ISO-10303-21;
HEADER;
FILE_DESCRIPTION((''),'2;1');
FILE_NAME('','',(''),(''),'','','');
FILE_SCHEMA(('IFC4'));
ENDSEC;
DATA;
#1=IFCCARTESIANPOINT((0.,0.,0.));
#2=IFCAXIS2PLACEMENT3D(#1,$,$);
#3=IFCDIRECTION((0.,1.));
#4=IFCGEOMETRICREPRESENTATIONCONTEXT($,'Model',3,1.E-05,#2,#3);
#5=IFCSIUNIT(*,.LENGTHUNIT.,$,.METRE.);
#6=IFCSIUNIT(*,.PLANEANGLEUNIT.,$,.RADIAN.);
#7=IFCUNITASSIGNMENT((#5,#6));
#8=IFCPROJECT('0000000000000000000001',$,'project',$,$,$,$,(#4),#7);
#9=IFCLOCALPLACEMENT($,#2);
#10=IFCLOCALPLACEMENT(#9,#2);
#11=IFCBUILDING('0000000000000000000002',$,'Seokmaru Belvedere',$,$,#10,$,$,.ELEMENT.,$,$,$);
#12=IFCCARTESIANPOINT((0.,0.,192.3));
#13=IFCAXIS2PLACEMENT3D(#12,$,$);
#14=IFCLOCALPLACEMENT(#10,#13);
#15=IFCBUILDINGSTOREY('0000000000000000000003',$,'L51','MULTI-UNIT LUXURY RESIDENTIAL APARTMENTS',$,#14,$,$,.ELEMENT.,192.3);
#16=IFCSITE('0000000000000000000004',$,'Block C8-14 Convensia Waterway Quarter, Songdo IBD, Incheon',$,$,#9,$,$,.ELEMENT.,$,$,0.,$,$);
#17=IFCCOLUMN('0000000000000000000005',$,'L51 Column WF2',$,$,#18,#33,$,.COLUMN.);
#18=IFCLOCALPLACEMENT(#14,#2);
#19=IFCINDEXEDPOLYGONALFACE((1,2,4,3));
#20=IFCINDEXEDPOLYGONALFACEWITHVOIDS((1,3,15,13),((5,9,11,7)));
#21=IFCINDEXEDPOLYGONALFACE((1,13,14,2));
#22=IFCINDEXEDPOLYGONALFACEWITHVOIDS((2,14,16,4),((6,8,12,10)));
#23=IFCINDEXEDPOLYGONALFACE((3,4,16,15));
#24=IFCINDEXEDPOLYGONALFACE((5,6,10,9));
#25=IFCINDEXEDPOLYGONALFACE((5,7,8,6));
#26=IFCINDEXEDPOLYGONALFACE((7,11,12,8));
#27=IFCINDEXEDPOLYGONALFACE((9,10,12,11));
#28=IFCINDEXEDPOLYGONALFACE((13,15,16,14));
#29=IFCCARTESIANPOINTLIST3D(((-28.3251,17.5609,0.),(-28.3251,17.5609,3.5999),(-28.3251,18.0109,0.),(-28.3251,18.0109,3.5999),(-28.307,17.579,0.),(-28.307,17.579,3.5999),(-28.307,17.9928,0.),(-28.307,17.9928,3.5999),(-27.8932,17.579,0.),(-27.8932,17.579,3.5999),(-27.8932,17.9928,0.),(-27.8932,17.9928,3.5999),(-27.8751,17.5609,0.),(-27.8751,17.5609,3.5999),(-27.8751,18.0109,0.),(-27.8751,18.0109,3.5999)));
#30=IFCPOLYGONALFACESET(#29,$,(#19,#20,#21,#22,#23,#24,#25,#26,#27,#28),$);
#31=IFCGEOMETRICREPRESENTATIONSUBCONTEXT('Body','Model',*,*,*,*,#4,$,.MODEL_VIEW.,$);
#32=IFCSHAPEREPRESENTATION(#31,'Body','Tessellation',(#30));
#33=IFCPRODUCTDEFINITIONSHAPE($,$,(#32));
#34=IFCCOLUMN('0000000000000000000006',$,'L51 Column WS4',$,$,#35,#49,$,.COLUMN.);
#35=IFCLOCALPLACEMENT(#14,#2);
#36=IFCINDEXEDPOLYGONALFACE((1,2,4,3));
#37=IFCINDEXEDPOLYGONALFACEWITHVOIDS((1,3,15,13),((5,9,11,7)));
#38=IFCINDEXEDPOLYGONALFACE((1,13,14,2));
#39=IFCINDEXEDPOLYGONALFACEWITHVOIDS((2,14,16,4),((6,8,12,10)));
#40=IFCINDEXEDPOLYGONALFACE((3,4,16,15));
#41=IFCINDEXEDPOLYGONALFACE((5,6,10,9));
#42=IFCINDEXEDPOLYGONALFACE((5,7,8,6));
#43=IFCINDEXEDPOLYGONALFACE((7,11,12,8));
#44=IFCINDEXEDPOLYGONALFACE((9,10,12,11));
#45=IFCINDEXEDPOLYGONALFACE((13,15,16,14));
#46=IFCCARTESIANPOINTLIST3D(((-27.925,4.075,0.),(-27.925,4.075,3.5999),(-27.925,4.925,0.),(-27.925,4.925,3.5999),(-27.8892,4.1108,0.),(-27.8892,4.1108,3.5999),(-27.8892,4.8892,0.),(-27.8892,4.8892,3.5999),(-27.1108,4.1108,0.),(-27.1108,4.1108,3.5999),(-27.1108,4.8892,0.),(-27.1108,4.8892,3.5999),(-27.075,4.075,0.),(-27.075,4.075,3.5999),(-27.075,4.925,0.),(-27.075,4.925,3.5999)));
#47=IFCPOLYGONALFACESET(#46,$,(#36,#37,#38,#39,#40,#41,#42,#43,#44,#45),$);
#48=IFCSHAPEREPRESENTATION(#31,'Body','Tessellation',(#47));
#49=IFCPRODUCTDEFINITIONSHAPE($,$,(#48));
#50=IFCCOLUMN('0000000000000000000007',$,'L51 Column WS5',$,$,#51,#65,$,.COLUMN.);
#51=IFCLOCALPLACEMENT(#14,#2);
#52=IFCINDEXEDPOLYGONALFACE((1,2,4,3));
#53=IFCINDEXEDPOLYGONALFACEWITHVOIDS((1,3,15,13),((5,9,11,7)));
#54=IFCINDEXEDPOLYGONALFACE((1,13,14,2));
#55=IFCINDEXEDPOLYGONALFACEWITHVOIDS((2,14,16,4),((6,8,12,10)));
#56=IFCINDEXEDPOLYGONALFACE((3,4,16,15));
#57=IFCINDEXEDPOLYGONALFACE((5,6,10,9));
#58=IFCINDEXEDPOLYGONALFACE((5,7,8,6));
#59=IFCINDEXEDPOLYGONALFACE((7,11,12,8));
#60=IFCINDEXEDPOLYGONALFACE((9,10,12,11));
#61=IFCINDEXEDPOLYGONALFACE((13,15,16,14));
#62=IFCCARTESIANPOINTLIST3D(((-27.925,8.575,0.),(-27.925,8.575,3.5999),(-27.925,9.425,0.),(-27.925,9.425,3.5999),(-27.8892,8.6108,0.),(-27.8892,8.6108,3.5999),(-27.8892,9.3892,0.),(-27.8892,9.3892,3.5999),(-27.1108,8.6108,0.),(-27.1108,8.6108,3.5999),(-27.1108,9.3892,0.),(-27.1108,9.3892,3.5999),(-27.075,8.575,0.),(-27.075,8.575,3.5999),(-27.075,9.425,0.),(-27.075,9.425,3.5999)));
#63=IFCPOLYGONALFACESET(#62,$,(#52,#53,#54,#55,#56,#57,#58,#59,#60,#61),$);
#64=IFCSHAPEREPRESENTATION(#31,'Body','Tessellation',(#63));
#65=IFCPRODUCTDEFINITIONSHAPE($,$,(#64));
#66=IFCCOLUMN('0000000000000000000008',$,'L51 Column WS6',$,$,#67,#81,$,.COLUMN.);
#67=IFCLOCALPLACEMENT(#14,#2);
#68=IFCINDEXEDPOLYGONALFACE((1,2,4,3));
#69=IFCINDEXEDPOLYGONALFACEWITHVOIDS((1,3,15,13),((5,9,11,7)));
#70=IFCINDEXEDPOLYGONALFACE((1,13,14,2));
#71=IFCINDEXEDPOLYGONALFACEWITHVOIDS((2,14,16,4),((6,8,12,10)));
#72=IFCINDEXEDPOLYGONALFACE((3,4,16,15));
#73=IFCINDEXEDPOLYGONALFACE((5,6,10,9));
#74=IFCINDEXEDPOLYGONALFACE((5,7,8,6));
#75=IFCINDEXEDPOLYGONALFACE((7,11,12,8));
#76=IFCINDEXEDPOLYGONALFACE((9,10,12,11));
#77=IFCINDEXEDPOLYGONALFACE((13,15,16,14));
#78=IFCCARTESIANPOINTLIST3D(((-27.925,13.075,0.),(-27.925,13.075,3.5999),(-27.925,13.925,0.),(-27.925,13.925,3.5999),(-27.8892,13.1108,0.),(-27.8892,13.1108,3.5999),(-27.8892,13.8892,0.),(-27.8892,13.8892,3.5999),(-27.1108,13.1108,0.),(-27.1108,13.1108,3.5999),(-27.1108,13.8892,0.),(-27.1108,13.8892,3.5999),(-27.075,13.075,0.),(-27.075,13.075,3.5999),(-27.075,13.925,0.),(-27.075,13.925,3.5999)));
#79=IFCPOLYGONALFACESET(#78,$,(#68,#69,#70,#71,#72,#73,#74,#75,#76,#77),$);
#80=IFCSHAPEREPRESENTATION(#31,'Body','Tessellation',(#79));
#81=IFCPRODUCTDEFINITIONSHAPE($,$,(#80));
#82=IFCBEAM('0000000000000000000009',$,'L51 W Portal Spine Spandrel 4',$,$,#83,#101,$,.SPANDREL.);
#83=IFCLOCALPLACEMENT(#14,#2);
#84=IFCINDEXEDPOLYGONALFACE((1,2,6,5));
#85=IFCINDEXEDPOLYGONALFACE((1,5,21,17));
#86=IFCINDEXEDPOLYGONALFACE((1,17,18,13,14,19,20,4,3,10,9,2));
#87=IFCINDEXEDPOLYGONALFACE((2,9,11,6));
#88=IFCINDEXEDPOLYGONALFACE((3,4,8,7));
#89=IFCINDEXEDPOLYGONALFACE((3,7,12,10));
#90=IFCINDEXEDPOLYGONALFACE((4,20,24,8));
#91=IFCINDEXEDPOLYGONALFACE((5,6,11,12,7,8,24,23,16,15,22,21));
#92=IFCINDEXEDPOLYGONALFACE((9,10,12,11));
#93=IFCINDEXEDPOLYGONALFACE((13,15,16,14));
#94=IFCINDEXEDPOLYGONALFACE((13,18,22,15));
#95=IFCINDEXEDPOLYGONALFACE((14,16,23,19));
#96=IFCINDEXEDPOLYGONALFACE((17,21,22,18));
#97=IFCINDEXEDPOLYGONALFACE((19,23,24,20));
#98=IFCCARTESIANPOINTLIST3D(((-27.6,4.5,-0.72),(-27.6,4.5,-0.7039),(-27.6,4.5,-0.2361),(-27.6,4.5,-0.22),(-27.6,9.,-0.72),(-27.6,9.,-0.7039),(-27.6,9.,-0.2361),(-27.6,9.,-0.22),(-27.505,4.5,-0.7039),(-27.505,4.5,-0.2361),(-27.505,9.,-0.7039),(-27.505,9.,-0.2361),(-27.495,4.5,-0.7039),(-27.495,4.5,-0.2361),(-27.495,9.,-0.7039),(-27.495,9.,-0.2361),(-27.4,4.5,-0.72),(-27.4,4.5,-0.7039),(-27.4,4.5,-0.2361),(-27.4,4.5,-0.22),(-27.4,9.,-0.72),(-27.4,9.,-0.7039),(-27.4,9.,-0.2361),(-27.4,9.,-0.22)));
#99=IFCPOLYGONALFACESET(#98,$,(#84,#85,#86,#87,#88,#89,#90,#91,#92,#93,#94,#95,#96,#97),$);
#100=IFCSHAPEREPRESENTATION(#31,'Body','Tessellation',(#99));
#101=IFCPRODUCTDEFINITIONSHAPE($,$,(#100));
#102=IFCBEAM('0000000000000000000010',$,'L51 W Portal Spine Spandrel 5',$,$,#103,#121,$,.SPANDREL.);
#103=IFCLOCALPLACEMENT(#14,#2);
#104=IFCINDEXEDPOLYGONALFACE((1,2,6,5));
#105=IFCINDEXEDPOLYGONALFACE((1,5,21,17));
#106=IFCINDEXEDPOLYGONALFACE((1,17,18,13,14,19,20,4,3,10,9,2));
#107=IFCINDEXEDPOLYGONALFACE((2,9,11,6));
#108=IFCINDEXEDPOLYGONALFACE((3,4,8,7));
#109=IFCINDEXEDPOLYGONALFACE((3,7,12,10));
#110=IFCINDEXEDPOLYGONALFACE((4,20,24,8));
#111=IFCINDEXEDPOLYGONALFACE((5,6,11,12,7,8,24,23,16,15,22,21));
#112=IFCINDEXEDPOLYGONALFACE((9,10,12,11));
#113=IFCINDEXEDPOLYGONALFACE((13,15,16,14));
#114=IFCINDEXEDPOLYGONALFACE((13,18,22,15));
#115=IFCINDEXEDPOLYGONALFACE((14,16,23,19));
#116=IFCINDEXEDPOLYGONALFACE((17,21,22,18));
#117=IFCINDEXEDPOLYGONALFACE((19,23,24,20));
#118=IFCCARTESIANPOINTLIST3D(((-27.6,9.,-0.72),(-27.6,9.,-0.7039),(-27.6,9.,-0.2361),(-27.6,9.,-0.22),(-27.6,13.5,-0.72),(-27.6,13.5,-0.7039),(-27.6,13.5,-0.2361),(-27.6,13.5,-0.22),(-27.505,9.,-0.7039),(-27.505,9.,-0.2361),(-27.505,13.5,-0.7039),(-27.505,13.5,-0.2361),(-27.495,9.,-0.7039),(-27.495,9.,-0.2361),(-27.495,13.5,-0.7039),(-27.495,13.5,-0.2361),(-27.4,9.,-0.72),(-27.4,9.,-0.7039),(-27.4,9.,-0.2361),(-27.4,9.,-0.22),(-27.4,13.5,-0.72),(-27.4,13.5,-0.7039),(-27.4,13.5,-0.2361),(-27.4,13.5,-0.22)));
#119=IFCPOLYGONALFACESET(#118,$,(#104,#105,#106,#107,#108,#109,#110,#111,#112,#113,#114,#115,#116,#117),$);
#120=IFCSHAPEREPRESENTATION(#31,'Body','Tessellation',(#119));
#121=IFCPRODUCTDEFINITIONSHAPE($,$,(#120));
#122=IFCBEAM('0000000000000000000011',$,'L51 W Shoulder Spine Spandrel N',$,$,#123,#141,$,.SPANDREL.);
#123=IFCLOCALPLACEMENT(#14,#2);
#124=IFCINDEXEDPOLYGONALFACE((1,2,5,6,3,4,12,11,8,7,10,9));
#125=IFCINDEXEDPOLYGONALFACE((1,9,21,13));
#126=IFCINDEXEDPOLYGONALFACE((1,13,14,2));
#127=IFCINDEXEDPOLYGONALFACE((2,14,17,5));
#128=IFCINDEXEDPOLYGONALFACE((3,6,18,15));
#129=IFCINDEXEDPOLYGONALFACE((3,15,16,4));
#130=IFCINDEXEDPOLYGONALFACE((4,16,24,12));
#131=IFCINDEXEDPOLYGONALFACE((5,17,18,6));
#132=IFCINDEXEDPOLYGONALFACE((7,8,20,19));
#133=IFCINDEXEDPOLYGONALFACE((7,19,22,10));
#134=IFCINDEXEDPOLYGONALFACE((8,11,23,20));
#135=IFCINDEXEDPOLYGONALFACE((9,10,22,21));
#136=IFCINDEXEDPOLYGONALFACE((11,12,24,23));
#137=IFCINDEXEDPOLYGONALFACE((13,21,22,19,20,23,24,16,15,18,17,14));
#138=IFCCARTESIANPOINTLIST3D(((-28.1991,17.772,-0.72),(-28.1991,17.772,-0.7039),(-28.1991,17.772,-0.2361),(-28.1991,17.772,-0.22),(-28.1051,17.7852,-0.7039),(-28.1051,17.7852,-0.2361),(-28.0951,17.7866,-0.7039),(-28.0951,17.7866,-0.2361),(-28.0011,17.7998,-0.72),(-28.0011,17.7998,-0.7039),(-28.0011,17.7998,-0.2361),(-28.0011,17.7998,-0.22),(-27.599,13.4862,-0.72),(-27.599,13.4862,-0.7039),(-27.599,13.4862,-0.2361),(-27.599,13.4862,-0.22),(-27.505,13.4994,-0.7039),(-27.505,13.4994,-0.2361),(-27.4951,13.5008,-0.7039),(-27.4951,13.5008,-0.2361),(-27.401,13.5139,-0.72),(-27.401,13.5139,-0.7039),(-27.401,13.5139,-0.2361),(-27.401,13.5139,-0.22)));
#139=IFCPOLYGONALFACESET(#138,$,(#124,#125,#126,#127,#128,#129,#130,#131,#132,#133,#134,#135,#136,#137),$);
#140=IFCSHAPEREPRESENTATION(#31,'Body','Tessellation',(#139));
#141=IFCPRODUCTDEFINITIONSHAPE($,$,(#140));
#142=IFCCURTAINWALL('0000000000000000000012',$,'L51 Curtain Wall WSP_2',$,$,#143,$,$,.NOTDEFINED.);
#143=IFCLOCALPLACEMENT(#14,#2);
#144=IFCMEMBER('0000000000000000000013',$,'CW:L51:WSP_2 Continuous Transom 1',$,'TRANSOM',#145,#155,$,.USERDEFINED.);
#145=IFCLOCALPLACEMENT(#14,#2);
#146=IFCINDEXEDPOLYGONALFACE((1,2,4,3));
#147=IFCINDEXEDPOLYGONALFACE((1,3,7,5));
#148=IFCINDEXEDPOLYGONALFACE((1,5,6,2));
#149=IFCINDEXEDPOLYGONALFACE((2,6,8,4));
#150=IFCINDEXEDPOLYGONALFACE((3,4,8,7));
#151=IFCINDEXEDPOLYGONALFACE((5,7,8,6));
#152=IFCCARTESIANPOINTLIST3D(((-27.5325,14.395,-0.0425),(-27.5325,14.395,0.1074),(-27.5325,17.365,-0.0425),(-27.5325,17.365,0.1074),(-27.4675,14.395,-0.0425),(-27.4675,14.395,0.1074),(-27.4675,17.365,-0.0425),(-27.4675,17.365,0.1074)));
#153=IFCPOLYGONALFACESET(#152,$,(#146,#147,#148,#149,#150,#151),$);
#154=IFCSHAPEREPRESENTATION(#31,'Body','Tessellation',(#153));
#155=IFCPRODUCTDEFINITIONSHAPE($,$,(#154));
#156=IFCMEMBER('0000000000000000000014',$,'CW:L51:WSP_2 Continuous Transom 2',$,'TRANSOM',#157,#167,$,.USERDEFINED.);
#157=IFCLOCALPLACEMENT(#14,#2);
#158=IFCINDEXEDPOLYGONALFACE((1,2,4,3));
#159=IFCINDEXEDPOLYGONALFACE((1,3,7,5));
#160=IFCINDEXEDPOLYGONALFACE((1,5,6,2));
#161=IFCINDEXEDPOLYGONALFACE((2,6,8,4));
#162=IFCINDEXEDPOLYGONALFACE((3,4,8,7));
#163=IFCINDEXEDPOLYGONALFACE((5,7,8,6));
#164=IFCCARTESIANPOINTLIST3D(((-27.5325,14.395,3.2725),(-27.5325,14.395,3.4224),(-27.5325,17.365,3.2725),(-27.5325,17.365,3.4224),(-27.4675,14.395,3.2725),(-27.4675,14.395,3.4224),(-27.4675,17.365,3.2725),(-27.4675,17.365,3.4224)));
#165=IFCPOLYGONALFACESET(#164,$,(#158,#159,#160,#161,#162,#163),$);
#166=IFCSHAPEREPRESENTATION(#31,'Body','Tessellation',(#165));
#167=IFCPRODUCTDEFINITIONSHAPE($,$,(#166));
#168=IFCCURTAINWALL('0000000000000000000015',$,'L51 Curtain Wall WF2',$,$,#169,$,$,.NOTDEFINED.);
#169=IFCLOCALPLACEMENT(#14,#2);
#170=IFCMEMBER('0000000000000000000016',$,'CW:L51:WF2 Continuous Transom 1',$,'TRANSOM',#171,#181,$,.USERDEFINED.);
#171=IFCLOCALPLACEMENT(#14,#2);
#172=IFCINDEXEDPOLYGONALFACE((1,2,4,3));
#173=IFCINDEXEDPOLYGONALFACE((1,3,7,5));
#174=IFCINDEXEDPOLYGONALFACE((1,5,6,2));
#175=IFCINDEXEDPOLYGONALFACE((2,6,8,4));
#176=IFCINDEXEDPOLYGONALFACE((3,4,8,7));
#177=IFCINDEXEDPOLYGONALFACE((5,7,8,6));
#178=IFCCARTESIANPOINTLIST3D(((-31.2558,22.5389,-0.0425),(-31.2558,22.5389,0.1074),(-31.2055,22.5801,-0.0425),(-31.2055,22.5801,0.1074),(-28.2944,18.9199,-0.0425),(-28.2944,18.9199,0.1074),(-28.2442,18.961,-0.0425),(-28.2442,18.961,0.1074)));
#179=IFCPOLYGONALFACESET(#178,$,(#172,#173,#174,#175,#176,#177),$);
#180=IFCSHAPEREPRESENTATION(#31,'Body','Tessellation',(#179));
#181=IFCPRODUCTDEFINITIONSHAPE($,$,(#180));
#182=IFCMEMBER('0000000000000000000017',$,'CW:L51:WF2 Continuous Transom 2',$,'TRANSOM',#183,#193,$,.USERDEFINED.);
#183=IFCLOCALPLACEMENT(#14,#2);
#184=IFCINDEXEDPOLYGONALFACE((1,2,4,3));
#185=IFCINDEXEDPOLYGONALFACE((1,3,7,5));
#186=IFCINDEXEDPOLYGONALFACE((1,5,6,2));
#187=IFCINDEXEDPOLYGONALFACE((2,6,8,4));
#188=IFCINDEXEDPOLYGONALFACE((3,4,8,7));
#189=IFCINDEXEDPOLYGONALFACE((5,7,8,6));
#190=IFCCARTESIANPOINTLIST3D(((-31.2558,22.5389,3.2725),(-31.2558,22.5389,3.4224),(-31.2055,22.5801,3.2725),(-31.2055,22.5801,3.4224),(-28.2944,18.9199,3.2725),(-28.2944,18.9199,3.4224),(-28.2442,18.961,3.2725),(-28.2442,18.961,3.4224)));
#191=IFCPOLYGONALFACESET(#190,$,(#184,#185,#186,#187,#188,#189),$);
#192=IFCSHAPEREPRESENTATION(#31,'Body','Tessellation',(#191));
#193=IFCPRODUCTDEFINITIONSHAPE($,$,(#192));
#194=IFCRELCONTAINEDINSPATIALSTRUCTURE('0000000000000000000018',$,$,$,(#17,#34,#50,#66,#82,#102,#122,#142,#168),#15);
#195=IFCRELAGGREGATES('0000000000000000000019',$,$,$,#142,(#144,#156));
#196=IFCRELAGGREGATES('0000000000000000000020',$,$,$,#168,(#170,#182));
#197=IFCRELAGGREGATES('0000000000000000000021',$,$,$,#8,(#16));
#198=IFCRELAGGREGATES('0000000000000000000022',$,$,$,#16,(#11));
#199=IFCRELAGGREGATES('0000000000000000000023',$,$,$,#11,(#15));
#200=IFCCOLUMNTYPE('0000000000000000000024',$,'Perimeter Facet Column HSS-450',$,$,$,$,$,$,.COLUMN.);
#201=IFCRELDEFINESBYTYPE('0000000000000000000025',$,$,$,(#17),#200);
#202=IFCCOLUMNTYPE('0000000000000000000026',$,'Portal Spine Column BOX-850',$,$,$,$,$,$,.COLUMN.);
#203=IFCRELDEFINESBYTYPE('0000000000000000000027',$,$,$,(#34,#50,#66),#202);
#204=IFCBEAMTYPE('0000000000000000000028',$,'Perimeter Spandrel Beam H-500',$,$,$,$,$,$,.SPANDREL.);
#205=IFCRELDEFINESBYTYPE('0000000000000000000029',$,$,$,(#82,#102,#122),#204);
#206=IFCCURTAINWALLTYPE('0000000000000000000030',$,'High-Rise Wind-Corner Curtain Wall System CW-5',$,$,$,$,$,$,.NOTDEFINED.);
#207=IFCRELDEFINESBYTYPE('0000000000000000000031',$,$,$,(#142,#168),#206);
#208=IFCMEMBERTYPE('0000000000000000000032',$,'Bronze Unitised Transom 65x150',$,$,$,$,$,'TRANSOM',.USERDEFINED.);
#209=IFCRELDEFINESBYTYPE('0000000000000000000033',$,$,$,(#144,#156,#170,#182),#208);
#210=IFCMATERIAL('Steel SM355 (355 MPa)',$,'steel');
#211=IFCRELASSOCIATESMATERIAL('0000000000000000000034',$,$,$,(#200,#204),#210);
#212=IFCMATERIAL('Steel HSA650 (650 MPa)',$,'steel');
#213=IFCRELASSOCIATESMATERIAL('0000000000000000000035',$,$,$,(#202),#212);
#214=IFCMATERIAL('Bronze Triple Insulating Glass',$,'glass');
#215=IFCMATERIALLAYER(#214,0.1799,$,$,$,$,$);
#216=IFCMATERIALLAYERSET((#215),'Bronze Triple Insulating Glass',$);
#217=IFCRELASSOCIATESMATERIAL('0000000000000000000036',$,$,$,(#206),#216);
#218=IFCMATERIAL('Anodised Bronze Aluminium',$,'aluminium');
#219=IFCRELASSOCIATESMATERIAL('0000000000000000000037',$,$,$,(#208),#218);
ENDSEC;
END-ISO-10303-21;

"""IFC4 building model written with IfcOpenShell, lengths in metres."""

from ifc_helpers import new_model, si_unit, direction, frame, origin, origin_2d, place, context, subcontext, project, spatial, rectangle, hollow_rectangle, i_section, extrude, source, transform, mapped, material, layer, layer_set, material_profile, profile_set, type_object, type_shapes, element, aggregate, save


model = new_model("IFC4")

# Units and contexts
model_context = context("Model", 3, precision=1e-05, world=origin(), true_north=direction((0.0, 1.0)))
body_context = subcontext(model_context, "Body", "Model", "MODEL_VIEW")
ifc_project = project(units=[si_unit("LENGTHUNIT", "METRE"), si_unit("PLANEANGLEUNIT", "RADIAN")], contexts=[model_context])

# Site, building, storey
site_placement = place(None, origin())
site = spatial("IfcSite", under=ifc_project, at=site_placement, Name="Block C8-14 Convensia Waterway Quarter, Songdo IBD, Incheon", CompositionType="ELEMENT", RefElevation=0.0)
building_placement = place(site_placement, origin())
building = spatial("IfcBuilding", under=site, at=building_placement, Name="Seokmaru Belvedere", CompositionType="ELEMENT")
storey_placement = place(building_placement, frame((0.0, 0.0, 192.3)))
storey = spatial("IfcBuildingStorey", under=building, at=storey_placement, Name="L51", Description="MULTI-UNIT LUXURY RESIDENTIAL APARTMENTS", CompositionType="ELEMENT", Elevation=192.3)

# Columns
ifc_material_1 = material(Name="Steel SM355 (355 MPa)", Category="steel")
ifc_material_profile_1 = material_profile(ifc_material_1, hollow_rectangle(XDim=0.45, YDim=0.45, WallThickness=0.0181, at=origin_2d()), Name="HSS-450x450x18")
ifc_profile_set_1 = profile_set([ifc_material_profile_1], Name="Steel SM355 (355 MPa)")
column_type_1 = type_object("IfcColumnType", Name="Perimeter Facet Column HSS-450", PredefinedType="COLUMN", material=ifc_profile_set_1)
shared_shape_1 = source(origin(), body_context, "Body", "SweptSolid", [
    extrude(hollow_rectangle(XDim=0.45, YDim=0.45, WallThickness=0.0181, at=origin_2d()), origin(), (0.0, 0.0, 1.0), 3.5999),
])
type_shapes(column_type_1, [shared_shape_1])
column_placement = place(storey_placement, frame((-28.1001, 17.7859, 0.0), z_axis=(0.0, 0.0, 1.0), x_axis=(1.0, 0.0, 0.0)))
element("IfcColumn", 1, at=column_placement, inside=storey, type_object=column_type_1, Name="L51 Column WF2", PredefinedType="COLUMN", context=body_context, shape_type="MappedRepresentation", body=[
    mapped(shared_shape_1, transform((0.0, 0.0, 0.0), scale=1.0)),
])
ifc_material_2 = material(Name="Steel HSA650 (650 MPa)", Category="steel")
ifc_material_profile_2 = material_profile(ifc_material_2, hollow_rectangle(XDim=0.8501, YDim=0.8501, WallThickness=0.0359, at=origin_2d()), Name="BOX-850x850x36")
ifc_profile_set_2 = profile_set([ifc_material_profile_2], Name="Steel HSA650 (650 MPa)")
column_type_2 = type_object("IfcColumnType", Name="Portal Spine Column BOX-850", PredefinedType="COLUMN", material=ifc_profile_set_2)
shared_shape_2 = source(origin(), body_context, "Body", "SweptSolid", [
    extrude(hollow_rectangle(XDim=0.8501, YDim=0.8501, WallThickness=0.0359, at=origin_2d()), origin(), (0.0, 0.0, 1.0), 3.5999),
])
type_shapes(column_type_2, [shared_shape_2])
for number, where, z_axis, x_axis, name in (
    (2, (-27.5, 4.5, 0.0), (0.0, 0.0, 1.0), (1.0, 0.0, 0.0), "L51 Column WS4"),
    (3, (-27.5, 9.0, 0.0), (0.0, 0.0, 1.0), (1.0, 0.0, 0.0), "L51 Column WS5"),
    (4, (-27.5, 13.5, 0.0), (0.0, 0.0, 1.0), (1.0, 0.0, 0.0), "L51 Column WS6"),
):
    element("IfcColumn", number, at=place(storey_placement, frame(where, z_axis=z_axis, x_axis=x_axis)), inside=storey, type_object=column_type_2, Name=name, PredefinedType="COLUMN", context=body_context, shape_type="MappedRepresentation", body=[
        mapped(shared_shape_2, transform((0.0, 0.0, 0.0), scale=1.0)),
    ])

# Beams
ifc_material_profile_3 = material_profile(ifc_material_1, i_section(OverallWidth=0.2, OverallDepth=0.5, WebThickness=0.01, FlangeThickness=0.0161, at=origin_2d()), Name="H-500x200x10x16")
ifc_profile_set_3 = profile_set([ifc_material_profile_3], Name="Steel SM355 (355 MPa)")
beam_type = type_object("IfcBeamType", Name="Perimeter Spandrel Beam H-500", PredefinedType="SPANDREL", material=ifc_profile_set_3)
shared_shape_3 = source(origin(), body_context, "Body", "SweptSolid", [
    extrude(i_section(OverallWidth=0.2, OverallDepth=0.5, WebThickness=0.01, FlangeThickness=0.0161, at=origin_2d()), origin(), (0.0, 0.0, 1.0), 4.5),
])
for number, where, z_axis, x_axis, name in (
    (5, (-27.5, 4.5, -0.47), (0.0, 1.0, 0.0), (-1.0, 0.0, 0.0), "L51 W Portal Spine Spandrel 4"),
    (6, (-27.5, 9.0, -0.47), (0.0, 1.0, 0.0), (-1.0, 0.0, 0.0), "L51 W Portal Spine Spandrel 5"),
):
    element("IfcBeam", number, at=place(storey_placement, frame(where, z_axis=z_axis, x_axis=x_axis)), inside=storey, type_object=beam_type, Name=name, PredefinedType="SPANDREL", context=body_context, shape_type="MappedRepresentation", body=[
        mapped(shared_shape_3, transform((0.0, 0.0, 0.0), scale=1.0)),
    ])
shared_shape_4 = source(origin(), body_context, "Body", "SweptSolid", [
    extrude(i_section(OverallWidth=0.2, OverallDepth=0.5, WebThickness=0.01, FlangeThickness=0.0161, at=origin_2d()), origin(), (0.0, 0.0, 1.0), 4.3276),
])
type_shapes(beam_type, [shared_shape_3, shared_shape_4])
beam_placement = place(storey_placement, frame((-28.1001, 17.7859, -0.47), z_axis=(0.138664, -0.990339, 0.0), x_axis=(0.990339, 0.138664, 0.0)))
element("IfcBeam", 7, at=beam_placement, inside=storey, type_object=beam_type, Name="L51 W Shoulder Spine Spandrel N", PredefinedType="SPANDREL", context=body_context, shape_type="MappedRepresentation", body=[
    mapped(shared_shape_4, transform((0.0, 0.0, 0.0), scale=1.0)),
])

# Curtain walls, members
ifc_material_3 = material(Name="Bronze Triple Insulating Glass", Category="glass")
ifc_layer_1 = layer(ifc_material_3, 0.1799)
ifc_layer_set_1 = layer_set([ifc_layer_1], Name="Bronze Triple Insulating Glass")
curtain_wall_type = type_object("IfcCurtainWallType", Name="High-Rise Wind-Corner Curtain Wall System CW-5", PredefinedType="NOTDEFINED", material=ifc_layer_set_1)
curtain_wall_1_placement = place(storey_placement, origin())
curtain_wall_1 = element("IfcCurtainWall", 8, at=curtain_wall_1_placement, inside=storey, type_object=curtain_wall_type, Name="L51 Curtain Wall WSP_2", PredefinedType="NOTDEFINED")
ifc_material_4 = material(Name="Anodised Bronze Aluminium", Category="aluminium")
ifc_material_profile_4 = material_profile(ifc_material_4, rectangle(XDim=0.0649, YDim=0.1499, at=origin_2d()), Name="CW-T-65x150")
ifc_profile_set_4 = profile_set([ifc_material_profile_4], Name="Anodised Bronze Aluminium")
member_type_1 = type_object("IfcMemberType", Name="Bronze Unitised Transom 65x150", ElementType="TRANSOM", PredefinedType="USERDEFINED", material=ifc_profile_set_4)
shared_shape_5 = source(origin(), body_context, "Body", "SweptSolid", [
    extrude(rectangle(XDim=0.0649, YDim=0.1499, at=origin_2d()), origin(), (0.0, 0.0, 1.0), 2.97),
])
member_1_placement = place(storey_placement, frame((-27.5, 14.395, 0.0325), z_axis=(0.0, 1.0, 0.0), x_axis=(-1.0, 0.0, 0.0)))
member_1 = element("IfcMember", 9, at=member_1_placement, type_object=member_type_1, Name="CW:L51:WSP_2 Continuous Transom 1", ObjectType="TRANSOM", PredefinedType="USERDEFINED", context=body_context, shape_type="MappedRepresentation", body=[
    mapped(shared_shape_5, transform((0.0, 0.0, 0.0), scale=1.0)),
])
member_2_placement = place(storey_placement, frame((-27.5, 14.395, 3.3474), z_axis=(0.0, 1.0, 0.0), x_axis=(-1.0, 0.0, 0.0)))
member_2 = element("IfcMember", 10, at=member_2_placement, type_object=member_type_1, Name="CW:L51:WSP_2 Continuous Transom 2", ObjectType="TRANSOM", PredefinedType="USERDEFINED", context=body_context, shape_type="MappedRepresentation", body=[
    mapped(shared_shape_5, transform((0.0, 0.0, 0.0), scale=1.0)),
])
curtain_wall_2_placement = place(storey_placement, origin())
curtain_wall_2 = element("IfcCurtainWall", 11, at=curtain_wall_2_placement, inside=storey, type_object=curtain_wall_type, Name="L51 Curtain Wall WF2", PredefinedType="NOTDEFINED")
shared_shape_6 = source(origin(), body_context, "Body", "SweptSolid", [
    extrude(rectangle(XDim=0.0649, YDim=0.1499, at=origin_2d()), origin(), (0.0, 0.0, 1.0), 4.6763),
])
type_shapes(member_type_1, [shared_shape_5, shared_shape_6])
member_3_placement = place(storey_placement, frame((-28.2693, 18.9404, 0.0325), z_axis=(-0.633278, 0.773925, 0.0), x_axis=(-0.773925, -0.633278, 0.0)))
member_3 = element("IfcMember", 12, at=member_3_placement, type_object=member_type_1, Name="CW:L51:WF2 Continuous Transom 1", ObjectType="TRANSOM", PredefinedType="USERDEFINED", context=body_context, shape_type="MappedRepresentation", body=[
    mapped(shared_shape_6, transform((0.0, 0.0, 0.0), scale=1.0)),
])
member_4_placement = place(storey_placement, frame((-28.2693, 18.9404, 3.3474), z_axis=(-0.633278, 0.773925, 0.0), x_axis=(-0.773925, -0.633278, 0.0)))
member_4 = element("IfcMember", 13, at=member_4_placement, type_object=member_type_1, Name="CW:L51:WF2 Continuous Transom 2", ObjectType="TRANSOM", PredefinedType="USERDEFINED", context=body_context, shape_type="MappedRepresentation", body=[
    mapped(shared_shape_6, transform((0.0, 0.0, 0.0), scale=1.0)),
])

aggregate(curtain_wall_1, [member_1, member_2])
aggregate(curtain_wall_2, [member_3, member_4])

save(model, "model.ifc")
